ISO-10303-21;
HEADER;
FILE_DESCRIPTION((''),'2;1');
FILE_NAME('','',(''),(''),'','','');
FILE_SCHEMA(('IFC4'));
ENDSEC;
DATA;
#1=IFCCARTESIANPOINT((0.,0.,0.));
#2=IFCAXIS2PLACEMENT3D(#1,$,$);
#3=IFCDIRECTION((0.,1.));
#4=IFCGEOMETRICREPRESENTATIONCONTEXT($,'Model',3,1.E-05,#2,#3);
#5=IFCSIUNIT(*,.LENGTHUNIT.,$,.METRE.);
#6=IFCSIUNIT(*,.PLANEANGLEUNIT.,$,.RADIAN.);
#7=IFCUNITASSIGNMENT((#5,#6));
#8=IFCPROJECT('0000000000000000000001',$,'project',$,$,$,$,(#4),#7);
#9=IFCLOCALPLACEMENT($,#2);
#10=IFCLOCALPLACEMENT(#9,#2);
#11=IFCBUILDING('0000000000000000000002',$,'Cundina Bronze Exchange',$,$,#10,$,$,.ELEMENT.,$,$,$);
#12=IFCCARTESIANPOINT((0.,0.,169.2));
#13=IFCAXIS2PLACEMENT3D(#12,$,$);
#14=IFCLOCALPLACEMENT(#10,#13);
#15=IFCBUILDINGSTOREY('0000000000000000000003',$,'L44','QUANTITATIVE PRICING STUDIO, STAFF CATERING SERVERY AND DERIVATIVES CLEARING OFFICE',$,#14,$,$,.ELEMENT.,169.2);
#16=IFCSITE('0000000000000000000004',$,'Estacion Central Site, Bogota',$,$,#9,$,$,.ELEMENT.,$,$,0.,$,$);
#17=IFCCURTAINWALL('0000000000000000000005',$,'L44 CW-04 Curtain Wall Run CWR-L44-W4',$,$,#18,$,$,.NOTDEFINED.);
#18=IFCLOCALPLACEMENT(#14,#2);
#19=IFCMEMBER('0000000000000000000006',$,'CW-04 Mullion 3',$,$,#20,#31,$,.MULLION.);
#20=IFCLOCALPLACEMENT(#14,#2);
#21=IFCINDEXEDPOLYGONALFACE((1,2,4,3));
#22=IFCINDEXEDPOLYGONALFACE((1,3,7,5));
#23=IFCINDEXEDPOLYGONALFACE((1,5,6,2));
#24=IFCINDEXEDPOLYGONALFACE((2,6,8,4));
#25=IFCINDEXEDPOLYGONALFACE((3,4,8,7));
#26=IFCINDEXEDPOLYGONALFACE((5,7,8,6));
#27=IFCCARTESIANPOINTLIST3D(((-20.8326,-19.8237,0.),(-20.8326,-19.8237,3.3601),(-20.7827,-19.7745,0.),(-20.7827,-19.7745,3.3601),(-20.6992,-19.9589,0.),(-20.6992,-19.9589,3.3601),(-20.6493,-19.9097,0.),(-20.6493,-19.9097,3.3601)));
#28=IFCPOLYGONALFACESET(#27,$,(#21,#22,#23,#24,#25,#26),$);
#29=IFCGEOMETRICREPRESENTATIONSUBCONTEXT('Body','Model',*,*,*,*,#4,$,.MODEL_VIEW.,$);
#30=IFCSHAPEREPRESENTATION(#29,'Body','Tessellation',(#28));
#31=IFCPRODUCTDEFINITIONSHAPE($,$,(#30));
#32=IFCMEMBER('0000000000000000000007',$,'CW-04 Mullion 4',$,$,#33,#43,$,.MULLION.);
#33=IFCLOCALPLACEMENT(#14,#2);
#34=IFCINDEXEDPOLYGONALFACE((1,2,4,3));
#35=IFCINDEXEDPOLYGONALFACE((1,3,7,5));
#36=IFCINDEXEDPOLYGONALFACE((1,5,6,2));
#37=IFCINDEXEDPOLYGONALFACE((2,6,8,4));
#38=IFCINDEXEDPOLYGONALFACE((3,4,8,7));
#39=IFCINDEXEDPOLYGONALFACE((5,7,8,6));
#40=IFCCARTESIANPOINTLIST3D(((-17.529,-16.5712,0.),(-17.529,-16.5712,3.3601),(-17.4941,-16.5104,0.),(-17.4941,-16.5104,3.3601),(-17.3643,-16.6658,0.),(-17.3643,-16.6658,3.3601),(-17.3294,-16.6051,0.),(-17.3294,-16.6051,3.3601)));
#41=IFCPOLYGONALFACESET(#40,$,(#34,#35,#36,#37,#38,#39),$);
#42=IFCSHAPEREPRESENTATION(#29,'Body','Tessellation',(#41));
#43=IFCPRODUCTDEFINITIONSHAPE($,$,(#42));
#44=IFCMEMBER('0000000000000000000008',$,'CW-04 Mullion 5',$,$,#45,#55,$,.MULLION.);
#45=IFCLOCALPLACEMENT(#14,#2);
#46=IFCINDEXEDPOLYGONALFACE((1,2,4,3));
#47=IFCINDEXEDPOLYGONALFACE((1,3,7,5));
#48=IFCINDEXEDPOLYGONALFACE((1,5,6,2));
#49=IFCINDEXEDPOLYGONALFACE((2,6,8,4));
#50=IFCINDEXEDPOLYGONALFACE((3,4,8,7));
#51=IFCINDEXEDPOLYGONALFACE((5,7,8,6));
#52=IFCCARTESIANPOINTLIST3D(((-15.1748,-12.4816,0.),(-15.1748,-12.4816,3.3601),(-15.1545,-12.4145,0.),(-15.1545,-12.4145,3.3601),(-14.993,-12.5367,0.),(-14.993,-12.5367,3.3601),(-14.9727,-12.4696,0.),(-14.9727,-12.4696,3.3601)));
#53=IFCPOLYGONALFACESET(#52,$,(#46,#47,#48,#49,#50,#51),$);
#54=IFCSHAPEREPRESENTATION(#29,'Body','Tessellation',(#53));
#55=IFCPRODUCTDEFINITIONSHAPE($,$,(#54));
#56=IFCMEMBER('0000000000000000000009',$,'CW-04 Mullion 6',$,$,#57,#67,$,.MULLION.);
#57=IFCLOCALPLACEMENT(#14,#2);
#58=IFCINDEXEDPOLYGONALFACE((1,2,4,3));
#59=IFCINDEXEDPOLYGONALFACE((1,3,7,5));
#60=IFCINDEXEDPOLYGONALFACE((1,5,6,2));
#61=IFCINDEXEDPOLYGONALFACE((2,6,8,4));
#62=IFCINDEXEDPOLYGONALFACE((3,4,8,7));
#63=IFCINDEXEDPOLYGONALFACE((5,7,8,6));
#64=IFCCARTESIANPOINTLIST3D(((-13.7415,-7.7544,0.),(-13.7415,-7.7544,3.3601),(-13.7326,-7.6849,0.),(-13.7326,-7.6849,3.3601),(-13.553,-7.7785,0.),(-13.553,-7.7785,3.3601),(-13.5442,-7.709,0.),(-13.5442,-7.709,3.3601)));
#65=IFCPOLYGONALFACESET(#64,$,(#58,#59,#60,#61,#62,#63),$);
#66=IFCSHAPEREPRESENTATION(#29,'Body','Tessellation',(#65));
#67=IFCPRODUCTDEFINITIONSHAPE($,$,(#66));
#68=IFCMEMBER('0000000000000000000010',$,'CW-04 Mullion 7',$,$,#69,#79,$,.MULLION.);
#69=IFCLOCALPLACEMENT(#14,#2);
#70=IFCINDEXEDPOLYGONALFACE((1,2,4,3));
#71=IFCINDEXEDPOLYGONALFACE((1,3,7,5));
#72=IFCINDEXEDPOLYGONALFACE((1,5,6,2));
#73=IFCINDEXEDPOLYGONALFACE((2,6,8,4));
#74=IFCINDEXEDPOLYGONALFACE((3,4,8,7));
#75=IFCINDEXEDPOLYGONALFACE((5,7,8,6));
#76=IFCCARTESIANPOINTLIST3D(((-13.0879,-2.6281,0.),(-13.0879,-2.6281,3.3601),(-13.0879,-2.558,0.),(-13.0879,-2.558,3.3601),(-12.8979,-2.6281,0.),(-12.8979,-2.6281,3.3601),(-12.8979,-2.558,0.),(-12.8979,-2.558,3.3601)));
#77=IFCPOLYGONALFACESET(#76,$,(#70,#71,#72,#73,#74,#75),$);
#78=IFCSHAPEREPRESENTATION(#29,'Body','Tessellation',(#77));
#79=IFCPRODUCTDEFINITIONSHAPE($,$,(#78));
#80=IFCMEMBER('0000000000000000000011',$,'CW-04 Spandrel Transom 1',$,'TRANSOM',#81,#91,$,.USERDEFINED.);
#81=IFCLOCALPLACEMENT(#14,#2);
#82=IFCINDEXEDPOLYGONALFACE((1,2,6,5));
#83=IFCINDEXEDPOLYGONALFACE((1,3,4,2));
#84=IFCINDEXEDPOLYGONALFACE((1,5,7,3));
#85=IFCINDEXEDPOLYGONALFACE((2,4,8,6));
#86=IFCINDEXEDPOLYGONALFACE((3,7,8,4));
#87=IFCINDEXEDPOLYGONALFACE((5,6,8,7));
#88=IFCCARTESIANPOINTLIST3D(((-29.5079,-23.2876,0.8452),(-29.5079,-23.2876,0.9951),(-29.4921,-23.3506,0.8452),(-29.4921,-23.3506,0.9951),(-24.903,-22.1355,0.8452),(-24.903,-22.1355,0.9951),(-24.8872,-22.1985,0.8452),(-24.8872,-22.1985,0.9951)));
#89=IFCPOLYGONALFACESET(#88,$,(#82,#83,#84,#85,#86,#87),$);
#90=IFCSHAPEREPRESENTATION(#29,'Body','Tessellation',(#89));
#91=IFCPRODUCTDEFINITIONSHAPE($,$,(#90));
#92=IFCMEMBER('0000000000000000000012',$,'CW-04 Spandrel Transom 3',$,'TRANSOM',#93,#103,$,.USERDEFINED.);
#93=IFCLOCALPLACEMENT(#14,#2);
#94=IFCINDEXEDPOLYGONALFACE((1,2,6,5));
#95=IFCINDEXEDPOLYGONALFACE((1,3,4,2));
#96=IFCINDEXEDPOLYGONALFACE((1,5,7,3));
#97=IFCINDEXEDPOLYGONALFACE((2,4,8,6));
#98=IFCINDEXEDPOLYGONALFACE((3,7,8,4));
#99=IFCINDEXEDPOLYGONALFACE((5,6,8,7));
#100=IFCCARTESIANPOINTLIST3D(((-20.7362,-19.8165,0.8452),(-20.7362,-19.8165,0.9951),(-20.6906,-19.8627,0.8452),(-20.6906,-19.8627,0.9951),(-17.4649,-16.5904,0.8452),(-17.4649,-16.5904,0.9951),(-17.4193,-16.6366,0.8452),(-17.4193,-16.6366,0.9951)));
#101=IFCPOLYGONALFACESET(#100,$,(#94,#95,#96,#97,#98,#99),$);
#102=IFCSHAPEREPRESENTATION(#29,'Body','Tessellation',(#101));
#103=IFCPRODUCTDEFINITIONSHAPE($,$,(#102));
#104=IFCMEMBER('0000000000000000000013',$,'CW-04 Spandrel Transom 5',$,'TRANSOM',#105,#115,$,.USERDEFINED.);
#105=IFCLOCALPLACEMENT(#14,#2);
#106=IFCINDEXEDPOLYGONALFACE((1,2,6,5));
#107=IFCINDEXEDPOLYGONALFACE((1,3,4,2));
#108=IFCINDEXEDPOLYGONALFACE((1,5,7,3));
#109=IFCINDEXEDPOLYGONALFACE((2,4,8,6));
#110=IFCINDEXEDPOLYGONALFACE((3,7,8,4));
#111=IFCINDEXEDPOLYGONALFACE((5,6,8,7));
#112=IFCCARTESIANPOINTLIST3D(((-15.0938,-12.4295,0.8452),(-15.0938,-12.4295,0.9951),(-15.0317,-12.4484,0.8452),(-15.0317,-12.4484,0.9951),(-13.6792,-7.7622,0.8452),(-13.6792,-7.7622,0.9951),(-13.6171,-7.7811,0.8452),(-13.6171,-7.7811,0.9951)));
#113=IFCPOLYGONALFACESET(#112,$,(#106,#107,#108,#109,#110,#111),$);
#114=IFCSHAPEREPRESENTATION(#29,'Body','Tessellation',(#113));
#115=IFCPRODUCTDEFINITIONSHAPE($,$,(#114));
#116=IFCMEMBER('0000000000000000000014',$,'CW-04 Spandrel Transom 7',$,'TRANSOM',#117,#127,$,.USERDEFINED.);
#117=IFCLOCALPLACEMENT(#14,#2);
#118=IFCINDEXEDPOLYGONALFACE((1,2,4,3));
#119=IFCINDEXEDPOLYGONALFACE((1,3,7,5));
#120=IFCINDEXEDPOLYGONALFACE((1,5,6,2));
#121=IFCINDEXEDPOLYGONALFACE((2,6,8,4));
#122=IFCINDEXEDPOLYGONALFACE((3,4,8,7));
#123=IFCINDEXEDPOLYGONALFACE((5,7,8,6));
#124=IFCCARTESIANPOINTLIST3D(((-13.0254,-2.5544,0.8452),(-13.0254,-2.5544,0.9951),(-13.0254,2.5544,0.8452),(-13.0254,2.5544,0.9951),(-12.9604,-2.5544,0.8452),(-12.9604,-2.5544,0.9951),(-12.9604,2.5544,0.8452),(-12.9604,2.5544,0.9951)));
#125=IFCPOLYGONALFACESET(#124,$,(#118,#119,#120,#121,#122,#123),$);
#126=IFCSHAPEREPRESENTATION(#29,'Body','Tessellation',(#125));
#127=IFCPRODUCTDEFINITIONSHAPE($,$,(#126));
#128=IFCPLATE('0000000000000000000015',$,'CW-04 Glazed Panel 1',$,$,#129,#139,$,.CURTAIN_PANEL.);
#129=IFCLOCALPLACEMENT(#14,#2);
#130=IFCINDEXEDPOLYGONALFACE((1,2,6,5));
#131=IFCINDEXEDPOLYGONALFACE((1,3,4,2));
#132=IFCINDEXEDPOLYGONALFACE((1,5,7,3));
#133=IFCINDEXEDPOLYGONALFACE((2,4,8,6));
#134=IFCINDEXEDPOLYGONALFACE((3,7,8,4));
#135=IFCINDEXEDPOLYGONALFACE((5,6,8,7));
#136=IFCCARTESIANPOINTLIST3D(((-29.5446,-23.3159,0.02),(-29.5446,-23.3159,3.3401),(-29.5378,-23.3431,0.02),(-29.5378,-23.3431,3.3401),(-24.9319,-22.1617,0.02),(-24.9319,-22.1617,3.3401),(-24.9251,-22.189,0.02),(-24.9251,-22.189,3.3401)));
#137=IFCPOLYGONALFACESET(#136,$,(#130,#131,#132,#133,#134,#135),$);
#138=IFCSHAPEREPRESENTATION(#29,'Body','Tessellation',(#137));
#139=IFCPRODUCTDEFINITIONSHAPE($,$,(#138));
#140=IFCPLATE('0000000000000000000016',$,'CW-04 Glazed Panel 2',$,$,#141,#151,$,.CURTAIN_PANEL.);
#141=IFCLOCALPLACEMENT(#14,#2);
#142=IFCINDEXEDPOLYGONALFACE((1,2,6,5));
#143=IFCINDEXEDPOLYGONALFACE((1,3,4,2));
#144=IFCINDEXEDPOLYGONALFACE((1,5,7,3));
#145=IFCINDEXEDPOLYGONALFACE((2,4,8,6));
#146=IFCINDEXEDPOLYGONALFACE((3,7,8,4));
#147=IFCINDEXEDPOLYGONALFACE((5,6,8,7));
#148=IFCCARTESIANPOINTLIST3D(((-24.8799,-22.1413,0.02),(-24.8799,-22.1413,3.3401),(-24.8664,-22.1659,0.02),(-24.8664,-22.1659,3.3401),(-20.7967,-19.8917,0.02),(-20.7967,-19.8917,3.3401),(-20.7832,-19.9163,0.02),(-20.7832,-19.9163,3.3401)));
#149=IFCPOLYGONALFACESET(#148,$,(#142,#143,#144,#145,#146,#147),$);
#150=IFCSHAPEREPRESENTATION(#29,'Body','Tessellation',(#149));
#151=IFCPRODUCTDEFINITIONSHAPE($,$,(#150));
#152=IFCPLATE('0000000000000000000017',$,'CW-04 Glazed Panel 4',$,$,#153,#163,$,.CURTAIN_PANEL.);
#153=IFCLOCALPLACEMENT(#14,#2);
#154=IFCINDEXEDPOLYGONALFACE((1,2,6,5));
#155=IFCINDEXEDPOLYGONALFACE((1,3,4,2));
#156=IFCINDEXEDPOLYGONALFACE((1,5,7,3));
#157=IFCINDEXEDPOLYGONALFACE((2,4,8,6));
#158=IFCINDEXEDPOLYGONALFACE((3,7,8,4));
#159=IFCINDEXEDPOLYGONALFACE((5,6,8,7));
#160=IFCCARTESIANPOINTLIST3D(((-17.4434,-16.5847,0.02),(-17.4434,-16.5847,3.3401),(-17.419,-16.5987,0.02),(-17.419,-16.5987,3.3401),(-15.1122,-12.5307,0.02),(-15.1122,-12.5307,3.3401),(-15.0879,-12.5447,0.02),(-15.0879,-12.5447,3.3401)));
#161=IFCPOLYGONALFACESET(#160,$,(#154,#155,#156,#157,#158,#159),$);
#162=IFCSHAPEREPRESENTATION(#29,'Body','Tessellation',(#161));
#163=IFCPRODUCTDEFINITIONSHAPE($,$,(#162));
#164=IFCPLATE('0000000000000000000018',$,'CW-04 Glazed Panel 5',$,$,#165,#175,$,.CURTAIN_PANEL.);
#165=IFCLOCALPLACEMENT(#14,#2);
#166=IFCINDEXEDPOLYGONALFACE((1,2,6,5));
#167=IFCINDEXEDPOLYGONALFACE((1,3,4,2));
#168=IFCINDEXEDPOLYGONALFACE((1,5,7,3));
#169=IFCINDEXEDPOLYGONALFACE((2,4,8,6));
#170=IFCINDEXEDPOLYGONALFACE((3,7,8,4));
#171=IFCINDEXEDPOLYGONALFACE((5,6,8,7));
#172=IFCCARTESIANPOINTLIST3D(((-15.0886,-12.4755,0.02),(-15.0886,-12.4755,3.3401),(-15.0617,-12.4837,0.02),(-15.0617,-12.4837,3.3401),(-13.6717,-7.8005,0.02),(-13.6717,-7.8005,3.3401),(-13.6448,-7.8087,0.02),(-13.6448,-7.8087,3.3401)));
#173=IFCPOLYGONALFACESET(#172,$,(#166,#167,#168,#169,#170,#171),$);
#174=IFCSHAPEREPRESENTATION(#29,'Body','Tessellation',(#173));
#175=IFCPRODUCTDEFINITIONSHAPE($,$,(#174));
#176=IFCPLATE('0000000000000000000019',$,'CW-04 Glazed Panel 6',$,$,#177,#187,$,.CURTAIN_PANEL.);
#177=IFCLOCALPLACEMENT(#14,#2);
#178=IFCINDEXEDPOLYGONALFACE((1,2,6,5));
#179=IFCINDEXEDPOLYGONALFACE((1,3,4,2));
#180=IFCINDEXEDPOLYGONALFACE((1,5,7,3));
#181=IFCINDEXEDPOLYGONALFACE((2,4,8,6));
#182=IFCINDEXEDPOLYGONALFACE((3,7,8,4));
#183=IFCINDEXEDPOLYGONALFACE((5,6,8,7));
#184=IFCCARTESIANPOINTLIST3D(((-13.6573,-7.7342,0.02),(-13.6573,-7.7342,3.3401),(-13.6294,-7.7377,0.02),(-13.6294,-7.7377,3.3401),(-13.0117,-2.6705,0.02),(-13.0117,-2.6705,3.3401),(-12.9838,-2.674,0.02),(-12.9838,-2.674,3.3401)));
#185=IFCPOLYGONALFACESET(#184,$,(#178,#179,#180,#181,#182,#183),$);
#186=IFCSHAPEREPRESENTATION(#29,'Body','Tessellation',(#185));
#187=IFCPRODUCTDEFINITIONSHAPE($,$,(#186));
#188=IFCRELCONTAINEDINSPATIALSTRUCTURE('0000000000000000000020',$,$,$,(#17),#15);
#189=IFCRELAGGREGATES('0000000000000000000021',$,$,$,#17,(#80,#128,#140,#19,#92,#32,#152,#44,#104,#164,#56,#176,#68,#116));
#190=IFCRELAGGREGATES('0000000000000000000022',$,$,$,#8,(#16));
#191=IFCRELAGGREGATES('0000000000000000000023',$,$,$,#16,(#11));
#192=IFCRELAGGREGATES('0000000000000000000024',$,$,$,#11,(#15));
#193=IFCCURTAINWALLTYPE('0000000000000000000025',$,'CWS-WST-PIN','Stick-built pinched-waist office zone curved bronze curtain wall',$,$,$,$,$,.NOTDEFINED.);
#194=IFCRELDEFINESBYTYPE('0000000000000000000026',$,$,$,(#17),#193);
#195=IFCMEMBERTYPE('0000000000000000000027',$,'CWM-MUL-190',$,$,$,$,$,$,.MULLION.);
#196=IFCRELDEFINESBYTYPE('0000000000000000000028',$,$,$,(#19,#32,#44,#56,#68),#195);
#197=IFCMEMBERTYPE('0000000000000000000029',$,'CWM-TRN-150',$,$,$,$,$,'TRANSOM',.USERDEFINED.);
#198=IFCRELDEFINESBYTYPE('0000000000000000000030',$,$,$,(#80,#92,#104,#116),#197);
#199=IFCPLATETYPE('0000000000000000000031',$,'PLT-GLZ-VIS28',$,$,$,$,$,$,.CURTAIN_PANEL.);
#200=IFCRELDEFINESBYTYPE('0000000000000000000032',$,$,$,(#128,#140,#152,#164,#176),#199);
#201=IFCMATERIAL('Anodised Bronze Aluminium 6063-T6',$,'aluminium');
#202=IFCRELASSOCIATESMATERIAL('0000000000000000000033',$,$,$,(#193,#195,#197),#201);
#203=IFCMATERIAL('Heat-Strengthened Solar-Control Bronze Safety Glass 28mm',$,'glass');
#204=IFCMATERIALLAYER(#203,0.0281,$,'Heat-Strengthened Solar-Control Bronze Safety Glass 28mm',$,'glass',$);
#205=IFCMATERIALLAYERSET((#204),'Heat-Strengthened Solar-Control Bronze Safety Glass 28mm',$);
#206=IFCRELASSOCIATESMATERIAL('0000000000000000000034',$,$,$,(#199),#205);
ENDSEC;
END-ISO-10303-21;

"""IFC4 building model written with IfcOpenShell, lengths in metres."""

from ifc_helpers import new_model, si_unit, direction, frame, origin, origin_2d, place, context, subcontext, project, spatial, rectangle, extrude, material, layer, layer_set, material_profile, profile_set, type_object, element, aggregate, save


model = new_model("IFC4")

# Units and contexts
model_context = context("Model", 3, precision=1e-05, world=origin(), true_north=direction((0.0, 1.0)))
body_context = subcontext(model_context, "Body", "Model", "MODEL_VIEW")
ifc_project = project(units=[si_unit("LENGTHUNIT", "METRE"), si_unit("PLANEANGLEUNIT", "RADIAN")], contexts=[model_context])

# Site, building, storey
site_placement = place(None, origin())
site = spatial("IfcSite", under=ifc_project, at=site_placement, Name="Estacion Central Site, Bogota", CompositionType="ELEMENT", RefElevation=0.0)
building_placement = place(site_placement, origin())
building = spatial("IfcBuilding", under=site, at=building_placement, Name="Cundina Bronze Exchange", CompositionType="ELEMENT")
storey_placement = place(building_placement, frame((0.0, 0.0, 169.2)))
storey = spatial("IfcBuildingStorey", under=building, at=storey_placement, Name="L44", Description="QUANTITATIVE PRICING STUDIO, STAFF CATERING SERVERY AND DERIVATIVES CLEARING OFFICE", CompositionType="ELEMENT", Elevation=169.2)

# Curtain wall, members, plates
ifc_material_1 = material(Name="Anodised Bronze Aluminium 6063-T6", Category="aluminium")
curtain_wall_type = type_object("IfcCurtainWallType", Name="CWS-WST-PIN", Description="Stick-built pinched-waist office zone curved bronze curtain wall", PredefinedType="NOTDEFINED", material=ifc_material_1)
curtain_wall_placement = place(storey_placement, origin())
curtain_wall = element("IfcCurtainWall", 1, at=curtain_wall_placement, inside=storey, type_object=curtain_wall_type, Name="L44 CW-04 Curtain Wall Run CWR-L44-W4", PredefinedType="NOTDEFINED")
ifc_material_profile_1 = material_profile(ifc_material_1, rectangle(XDim=0.0701, YDim=0.1899, at=origin_2d()), Name="AL70X190", Category="aluminium")
ifc_profile_set_1 = profile_set([ifc_material_profile_1], Name="Anodised Bronze Aluminium 6063-T6")
member_type_1 = type_object("IfcMemberType", Name="CWM-MUL-190", PredefinedType="MULLION", material=ifc_profile_set_1)
member_1_placement = place(storey_placement, frame((-20.741, -19.8667, 0.0), z_axis=(0.0, 0.0, 1.0), x_axis=(0.712026, 0.702153, 0.0)))
member_1 = element("IfcMember", 2, at=member_1_placement, type_object=member_type_1, Name="CW-04 Mullion 3", PredefinedType="MULLION", context=body_context, shape_type="SweptSolid", body=[
    extrude(rectangle(XDim=0.0701, YDim=0.1899, at=origin_2d()), origin(), (0.0, 0.0, 1.0), 3.3601),
])
member_2_placement = place(storey_placement, frame((-17.4292, -16.5881, 0.0), z_axis=(0.0, 0.0, 1.0), x_axis=(0.498488, 0.866897, 0.0)))
member_2 = element("IfcMember", 3, at=member_2_placement, type_object=member_type_1, Name="CW-04 Mullion 4", PredefinedType="MULLION", context=body_context, shape_type="SweptSolid", body=[
    extrude(rectangle(XDim=0.0701, YDim=0.1899, at=origin_2d()), origin(), (0.0, 0.0, 1.0), 3.3601),
])
member_3_placement = place(storey_placement, frame((-15.0737, -12.4756, 0.0), z_axis=(0.0, 0.0, 1.0), x_axis=(0.290034, 0.957016, 0.0)))
member_3 = element("IfcMember", 4, at=member_3_placement, type_object=member_type_1, Name="CW-04 Mullion 5", PredefinedType="MULLION", context=body_context, shape_type="SweptSolid", body=[
    extrude(rectangle(XDim=0.0701, YDim=0.1899, at=origin_2d()), origin(), (0.0, 0.0, 1.0), 3.3601),
])
member_4_placement = place(storey_placement, frame((-13.6428, -7.7317, 0.0), z_axis=(0.0, 0.0, 1.0), x_axis=(0.126545, 0.991961, 0.0)))
member_4 = element("IfcMember", 5, at=member_4_placement, type_object=member_type_1, Name="CW-04 Mullion 6", PredefinedType="MULLION", context=body_context, shape_type="SweptSolid", body=[
    extrude(rectangle(XDim=0.0701, YDim=0.1899, at=origin_2d()), origin(), (0.0, 0.0, 1.0), 3.3601),
])
member_5_placement = place(storey_placement, frame((-12.9929, -2.593, 0.0), z_axis=(0.0, 0.0, 1.0), x_axis=(0.0, 1.0, 0.0)))
member_5 = element("IfcMember", 6, at=member_5_placement, type_object=member_type_1, Name="CW-04 Mullion 7", PredefinedType="MULLION", context=body_context, shape_type="SweptSolid", body=[
    extrude(rectangle(XDim=0.0701, YDim=0.1899, at=origin_2d()), origin(), (0.0, 0.0, 1.0), 3.3601),
])
ifc_material_profile_2 = material_profile(ifc_material_1, rectangle(XDim=0.0649, YDim=0.1499, at=origin_2d()), Name="AL65X150", Category="aluminium")
ifc_profile_set_2 = profile_set([ifc_material_profile_2], Name="Anodised Bronze Aluminium 6063-T6")
member_type_2 = type_object("IfcMemberType", Name="CWM-TRN-150", ElementType="TRANSOM", PredefinedType="USERDEFINED", material=ifc_profile_set_2)
member_6_placement = place(storey_placement, frame((-29.5, -23.3191, 0.9202), z_axis=(0.9701, 0.242705, 0.0), x_axis=(-0.242705, 0.9701, 0.0)))
member_6 = element("IfcMember", 7, at=member_6_placement, type_object=member_type_2, Name="CW-04 Spandrel Transom 1", ObjectType="TRANSOM", PredefinedType="USERDEFINED", context=body_context, shape_type="SweptSolid", body=[
    extrude(rectangle(XDim=0.0649, YDim=0.1499, at=origin_2d()), origin(), (0.0, 0.0, 1.0), 4.7468),
])
member_7_placement = place(storey_placement, frame((-20.7134, -19.8396, 0.9202), z_axis=(0.712005, 0.702174, 0.0), x_axis=(-0.702174, 0.712005, 0.0)))
member_7 = element("IfcMember", 8, at=member_7_placement, type_object=member_type_2, Name="CW-04 Spandrel Transom 3", ObjectType="TRANSOM", PredefinedType="USERDEFINED", context=body_context, shape_type="SweptSolid", body=[
    extrude(rectangle(XDim=0.0649, YDim=0.1499, at=origin_2d()), origin(), (0.0, 0.0, 1.0), 4.5945),
])
member_8_placement = place(storey_placement, frame((-15.0627, -12.439, 0.9202), z_axis=(0.290052, 0.957011, 0.0), x_axis=(-0.957011, 0.290052, 0.0)))
member_8 = element("IfcMember", 9, at=member_8_placement, type_object=member_type_2, Name="CW-04 Spandrel Transom 5", ObjectType="TRANSOM", PredefinedType="USERDEFINED", context=body_context, shape_type="SweptSolid", body=[
    extrude(rectangle(XDim=0.0649, YDim=0.1499, at=origin_2d()), origin(), (0.0, 0.0, 1.0), 4.877),
])
member_9_placement = place(storey_placement, frame((-12.9929, -2.5544, 0.9202), z_axis=(0.0, 1.0, 0.0), x_axis=(-1.0, 0.0, 0.0)))
member_9 = element("IfcMember", 10, at=member_9_placement, type_object=member_type_2, Name="CW-04 Spandrel Transom 7", ObjectType="TRANSOM", PredefinedType="USERDEFINED", context=body_context, shape_type="SweptSolid", body=[
    extrude(rectangle(XDim=0.0649, YDim=0.1499, at=origin_2d()), origin(), (0.0, 0.0, 1.0), 5.1089),
])
ifc_material_2 = material(Name="Heat-Strengthened Solar-Control Bronze Safety Glass 28mm", Category="glass")
ifc_layer_1 = layer(ifc_material_2, 0.0281, Name="Heat-Strengthened Solar-Control Bronze Safety Glass 28mm", Category="glass")
ifc_layer_set_1 = layer_set([ifc_layer_1], Name="Heat-Strengthened Solar-Control Bronze Safety Glass 28mm")
plate_type_1 = type_object("IfcPlateType", Name="PLT-GLZ-VIS28", PredefinedType="CURTAIN_PANEL", material=ifc_layer_set_1)
plate_1_placement = place(storey_placement, frame((-27.2349, -22.7524, 0.02), z_axis=(0.0, 0.0, 1.0), x_axis=(0.970093, 0.242735, 0.0)))
plate_1 = element("IfcPlate", 11, at=plate_1_placement, type_object=plate_type_1, Name="CW-04 Glazed Panel 1", PredefinedType="CURTAIN_PANEL", context=body_context, shape_type="SweptSolid", body=[
    extrude(rectangle(XDim=4.7549, YDim=0.0281, at=origin_2d()), origin(), (0.0, 0.0, 1.0), 3.3201),
])
plate_2_placement = place(storey_placement, frame((-22.8315, -21.0288, 0.02), z_axis=(0.0, 0.0, 1.0), x_axis=(0.875869, 0.482549, 0.0)))
plate_2 = element("IfcPlate", 12, at=plate_2_placement, type_object=plate_type_1, Name="CW-04 Glazed Panel 2", PredefinedType="CURTAIN_PANEL", context=body_context, shape_type="SweptSolid", body=[
    extrude(rectangle(XDim=4.6619, YDim=0.0281, at=origin_2d()), origin(), (0.0, 0.0, 1.0), 3.3201),
])
plate_3_placement = place(storey_placement, frame((-16.2656, -14.5647, 0.02), z_axis=(0.0, 0.0, 1.0), x_axis=(0.498488, 0.866897, 0.0)))
plate_3 = element("IfcPlate", 13, at=plate_3_placement, type_object=plate_type_1, Name="CW-04 Glazed Panel 4", PredefinedType="CURTAIN_PANEL", context=body_context, shape_type="SweptSolid", body=[
    extrude(rectangle(XDim=4.6765, YDim=0.0281, at=origin_2d()), origin(), (0.0, 0.0, 1.0), 3.3201),
])
plate_4_placement = place(storey_placement, frame((-14.3667, -10.1421, 0.02), z_axis=(0.0, 0.0, 1.0), x_axis=(0.290051, 0.957011, 0.0)))
plate_4 = element("IfcPlate", 14, at=plate_4_placement, type_object=plate_type_1, Name="CW-04 Glazed Panel 5", PredefinedType="CURTAIN_PANEL", context=body_context, shape_type="SweptSolid", body=[
    extrude(rectangle(XDim=4.885, YDim=0.0281, at=origin_2d()), origin(), (0.0, 0.0, 1.0), 3.3201),
])
plate_5_placement = place(storey_placement, frame((-13.3206, -5.2041, 0.02), z_axis=(0.0, 0.0, 1.0), x_axis=(0.126476, 0.99197, 0.0)))
plate_5 = element("IfcPlate", 15, at=plate_5_placement, type_object=plate_type_1, Name="CW-04 Glazed Panel 6", PredefinedType="CURTAIN_PANEL", context=body_context, shape_type="SweptSolid", body=[
    extrude(rectangle(XDim=5.1047, YDim=0.0281, at=origin_2d()), origin(), (0.0, 0.0, 1.0), 3.3201),
])
aggregate(curtain_wall, [member_6, plate_1, plate_2, member_1, member_7, member_2, plate_3, member_3, member_8, plate_4, member_4, plate_5, member_5, member_9])

save(model, "model.ifc")
